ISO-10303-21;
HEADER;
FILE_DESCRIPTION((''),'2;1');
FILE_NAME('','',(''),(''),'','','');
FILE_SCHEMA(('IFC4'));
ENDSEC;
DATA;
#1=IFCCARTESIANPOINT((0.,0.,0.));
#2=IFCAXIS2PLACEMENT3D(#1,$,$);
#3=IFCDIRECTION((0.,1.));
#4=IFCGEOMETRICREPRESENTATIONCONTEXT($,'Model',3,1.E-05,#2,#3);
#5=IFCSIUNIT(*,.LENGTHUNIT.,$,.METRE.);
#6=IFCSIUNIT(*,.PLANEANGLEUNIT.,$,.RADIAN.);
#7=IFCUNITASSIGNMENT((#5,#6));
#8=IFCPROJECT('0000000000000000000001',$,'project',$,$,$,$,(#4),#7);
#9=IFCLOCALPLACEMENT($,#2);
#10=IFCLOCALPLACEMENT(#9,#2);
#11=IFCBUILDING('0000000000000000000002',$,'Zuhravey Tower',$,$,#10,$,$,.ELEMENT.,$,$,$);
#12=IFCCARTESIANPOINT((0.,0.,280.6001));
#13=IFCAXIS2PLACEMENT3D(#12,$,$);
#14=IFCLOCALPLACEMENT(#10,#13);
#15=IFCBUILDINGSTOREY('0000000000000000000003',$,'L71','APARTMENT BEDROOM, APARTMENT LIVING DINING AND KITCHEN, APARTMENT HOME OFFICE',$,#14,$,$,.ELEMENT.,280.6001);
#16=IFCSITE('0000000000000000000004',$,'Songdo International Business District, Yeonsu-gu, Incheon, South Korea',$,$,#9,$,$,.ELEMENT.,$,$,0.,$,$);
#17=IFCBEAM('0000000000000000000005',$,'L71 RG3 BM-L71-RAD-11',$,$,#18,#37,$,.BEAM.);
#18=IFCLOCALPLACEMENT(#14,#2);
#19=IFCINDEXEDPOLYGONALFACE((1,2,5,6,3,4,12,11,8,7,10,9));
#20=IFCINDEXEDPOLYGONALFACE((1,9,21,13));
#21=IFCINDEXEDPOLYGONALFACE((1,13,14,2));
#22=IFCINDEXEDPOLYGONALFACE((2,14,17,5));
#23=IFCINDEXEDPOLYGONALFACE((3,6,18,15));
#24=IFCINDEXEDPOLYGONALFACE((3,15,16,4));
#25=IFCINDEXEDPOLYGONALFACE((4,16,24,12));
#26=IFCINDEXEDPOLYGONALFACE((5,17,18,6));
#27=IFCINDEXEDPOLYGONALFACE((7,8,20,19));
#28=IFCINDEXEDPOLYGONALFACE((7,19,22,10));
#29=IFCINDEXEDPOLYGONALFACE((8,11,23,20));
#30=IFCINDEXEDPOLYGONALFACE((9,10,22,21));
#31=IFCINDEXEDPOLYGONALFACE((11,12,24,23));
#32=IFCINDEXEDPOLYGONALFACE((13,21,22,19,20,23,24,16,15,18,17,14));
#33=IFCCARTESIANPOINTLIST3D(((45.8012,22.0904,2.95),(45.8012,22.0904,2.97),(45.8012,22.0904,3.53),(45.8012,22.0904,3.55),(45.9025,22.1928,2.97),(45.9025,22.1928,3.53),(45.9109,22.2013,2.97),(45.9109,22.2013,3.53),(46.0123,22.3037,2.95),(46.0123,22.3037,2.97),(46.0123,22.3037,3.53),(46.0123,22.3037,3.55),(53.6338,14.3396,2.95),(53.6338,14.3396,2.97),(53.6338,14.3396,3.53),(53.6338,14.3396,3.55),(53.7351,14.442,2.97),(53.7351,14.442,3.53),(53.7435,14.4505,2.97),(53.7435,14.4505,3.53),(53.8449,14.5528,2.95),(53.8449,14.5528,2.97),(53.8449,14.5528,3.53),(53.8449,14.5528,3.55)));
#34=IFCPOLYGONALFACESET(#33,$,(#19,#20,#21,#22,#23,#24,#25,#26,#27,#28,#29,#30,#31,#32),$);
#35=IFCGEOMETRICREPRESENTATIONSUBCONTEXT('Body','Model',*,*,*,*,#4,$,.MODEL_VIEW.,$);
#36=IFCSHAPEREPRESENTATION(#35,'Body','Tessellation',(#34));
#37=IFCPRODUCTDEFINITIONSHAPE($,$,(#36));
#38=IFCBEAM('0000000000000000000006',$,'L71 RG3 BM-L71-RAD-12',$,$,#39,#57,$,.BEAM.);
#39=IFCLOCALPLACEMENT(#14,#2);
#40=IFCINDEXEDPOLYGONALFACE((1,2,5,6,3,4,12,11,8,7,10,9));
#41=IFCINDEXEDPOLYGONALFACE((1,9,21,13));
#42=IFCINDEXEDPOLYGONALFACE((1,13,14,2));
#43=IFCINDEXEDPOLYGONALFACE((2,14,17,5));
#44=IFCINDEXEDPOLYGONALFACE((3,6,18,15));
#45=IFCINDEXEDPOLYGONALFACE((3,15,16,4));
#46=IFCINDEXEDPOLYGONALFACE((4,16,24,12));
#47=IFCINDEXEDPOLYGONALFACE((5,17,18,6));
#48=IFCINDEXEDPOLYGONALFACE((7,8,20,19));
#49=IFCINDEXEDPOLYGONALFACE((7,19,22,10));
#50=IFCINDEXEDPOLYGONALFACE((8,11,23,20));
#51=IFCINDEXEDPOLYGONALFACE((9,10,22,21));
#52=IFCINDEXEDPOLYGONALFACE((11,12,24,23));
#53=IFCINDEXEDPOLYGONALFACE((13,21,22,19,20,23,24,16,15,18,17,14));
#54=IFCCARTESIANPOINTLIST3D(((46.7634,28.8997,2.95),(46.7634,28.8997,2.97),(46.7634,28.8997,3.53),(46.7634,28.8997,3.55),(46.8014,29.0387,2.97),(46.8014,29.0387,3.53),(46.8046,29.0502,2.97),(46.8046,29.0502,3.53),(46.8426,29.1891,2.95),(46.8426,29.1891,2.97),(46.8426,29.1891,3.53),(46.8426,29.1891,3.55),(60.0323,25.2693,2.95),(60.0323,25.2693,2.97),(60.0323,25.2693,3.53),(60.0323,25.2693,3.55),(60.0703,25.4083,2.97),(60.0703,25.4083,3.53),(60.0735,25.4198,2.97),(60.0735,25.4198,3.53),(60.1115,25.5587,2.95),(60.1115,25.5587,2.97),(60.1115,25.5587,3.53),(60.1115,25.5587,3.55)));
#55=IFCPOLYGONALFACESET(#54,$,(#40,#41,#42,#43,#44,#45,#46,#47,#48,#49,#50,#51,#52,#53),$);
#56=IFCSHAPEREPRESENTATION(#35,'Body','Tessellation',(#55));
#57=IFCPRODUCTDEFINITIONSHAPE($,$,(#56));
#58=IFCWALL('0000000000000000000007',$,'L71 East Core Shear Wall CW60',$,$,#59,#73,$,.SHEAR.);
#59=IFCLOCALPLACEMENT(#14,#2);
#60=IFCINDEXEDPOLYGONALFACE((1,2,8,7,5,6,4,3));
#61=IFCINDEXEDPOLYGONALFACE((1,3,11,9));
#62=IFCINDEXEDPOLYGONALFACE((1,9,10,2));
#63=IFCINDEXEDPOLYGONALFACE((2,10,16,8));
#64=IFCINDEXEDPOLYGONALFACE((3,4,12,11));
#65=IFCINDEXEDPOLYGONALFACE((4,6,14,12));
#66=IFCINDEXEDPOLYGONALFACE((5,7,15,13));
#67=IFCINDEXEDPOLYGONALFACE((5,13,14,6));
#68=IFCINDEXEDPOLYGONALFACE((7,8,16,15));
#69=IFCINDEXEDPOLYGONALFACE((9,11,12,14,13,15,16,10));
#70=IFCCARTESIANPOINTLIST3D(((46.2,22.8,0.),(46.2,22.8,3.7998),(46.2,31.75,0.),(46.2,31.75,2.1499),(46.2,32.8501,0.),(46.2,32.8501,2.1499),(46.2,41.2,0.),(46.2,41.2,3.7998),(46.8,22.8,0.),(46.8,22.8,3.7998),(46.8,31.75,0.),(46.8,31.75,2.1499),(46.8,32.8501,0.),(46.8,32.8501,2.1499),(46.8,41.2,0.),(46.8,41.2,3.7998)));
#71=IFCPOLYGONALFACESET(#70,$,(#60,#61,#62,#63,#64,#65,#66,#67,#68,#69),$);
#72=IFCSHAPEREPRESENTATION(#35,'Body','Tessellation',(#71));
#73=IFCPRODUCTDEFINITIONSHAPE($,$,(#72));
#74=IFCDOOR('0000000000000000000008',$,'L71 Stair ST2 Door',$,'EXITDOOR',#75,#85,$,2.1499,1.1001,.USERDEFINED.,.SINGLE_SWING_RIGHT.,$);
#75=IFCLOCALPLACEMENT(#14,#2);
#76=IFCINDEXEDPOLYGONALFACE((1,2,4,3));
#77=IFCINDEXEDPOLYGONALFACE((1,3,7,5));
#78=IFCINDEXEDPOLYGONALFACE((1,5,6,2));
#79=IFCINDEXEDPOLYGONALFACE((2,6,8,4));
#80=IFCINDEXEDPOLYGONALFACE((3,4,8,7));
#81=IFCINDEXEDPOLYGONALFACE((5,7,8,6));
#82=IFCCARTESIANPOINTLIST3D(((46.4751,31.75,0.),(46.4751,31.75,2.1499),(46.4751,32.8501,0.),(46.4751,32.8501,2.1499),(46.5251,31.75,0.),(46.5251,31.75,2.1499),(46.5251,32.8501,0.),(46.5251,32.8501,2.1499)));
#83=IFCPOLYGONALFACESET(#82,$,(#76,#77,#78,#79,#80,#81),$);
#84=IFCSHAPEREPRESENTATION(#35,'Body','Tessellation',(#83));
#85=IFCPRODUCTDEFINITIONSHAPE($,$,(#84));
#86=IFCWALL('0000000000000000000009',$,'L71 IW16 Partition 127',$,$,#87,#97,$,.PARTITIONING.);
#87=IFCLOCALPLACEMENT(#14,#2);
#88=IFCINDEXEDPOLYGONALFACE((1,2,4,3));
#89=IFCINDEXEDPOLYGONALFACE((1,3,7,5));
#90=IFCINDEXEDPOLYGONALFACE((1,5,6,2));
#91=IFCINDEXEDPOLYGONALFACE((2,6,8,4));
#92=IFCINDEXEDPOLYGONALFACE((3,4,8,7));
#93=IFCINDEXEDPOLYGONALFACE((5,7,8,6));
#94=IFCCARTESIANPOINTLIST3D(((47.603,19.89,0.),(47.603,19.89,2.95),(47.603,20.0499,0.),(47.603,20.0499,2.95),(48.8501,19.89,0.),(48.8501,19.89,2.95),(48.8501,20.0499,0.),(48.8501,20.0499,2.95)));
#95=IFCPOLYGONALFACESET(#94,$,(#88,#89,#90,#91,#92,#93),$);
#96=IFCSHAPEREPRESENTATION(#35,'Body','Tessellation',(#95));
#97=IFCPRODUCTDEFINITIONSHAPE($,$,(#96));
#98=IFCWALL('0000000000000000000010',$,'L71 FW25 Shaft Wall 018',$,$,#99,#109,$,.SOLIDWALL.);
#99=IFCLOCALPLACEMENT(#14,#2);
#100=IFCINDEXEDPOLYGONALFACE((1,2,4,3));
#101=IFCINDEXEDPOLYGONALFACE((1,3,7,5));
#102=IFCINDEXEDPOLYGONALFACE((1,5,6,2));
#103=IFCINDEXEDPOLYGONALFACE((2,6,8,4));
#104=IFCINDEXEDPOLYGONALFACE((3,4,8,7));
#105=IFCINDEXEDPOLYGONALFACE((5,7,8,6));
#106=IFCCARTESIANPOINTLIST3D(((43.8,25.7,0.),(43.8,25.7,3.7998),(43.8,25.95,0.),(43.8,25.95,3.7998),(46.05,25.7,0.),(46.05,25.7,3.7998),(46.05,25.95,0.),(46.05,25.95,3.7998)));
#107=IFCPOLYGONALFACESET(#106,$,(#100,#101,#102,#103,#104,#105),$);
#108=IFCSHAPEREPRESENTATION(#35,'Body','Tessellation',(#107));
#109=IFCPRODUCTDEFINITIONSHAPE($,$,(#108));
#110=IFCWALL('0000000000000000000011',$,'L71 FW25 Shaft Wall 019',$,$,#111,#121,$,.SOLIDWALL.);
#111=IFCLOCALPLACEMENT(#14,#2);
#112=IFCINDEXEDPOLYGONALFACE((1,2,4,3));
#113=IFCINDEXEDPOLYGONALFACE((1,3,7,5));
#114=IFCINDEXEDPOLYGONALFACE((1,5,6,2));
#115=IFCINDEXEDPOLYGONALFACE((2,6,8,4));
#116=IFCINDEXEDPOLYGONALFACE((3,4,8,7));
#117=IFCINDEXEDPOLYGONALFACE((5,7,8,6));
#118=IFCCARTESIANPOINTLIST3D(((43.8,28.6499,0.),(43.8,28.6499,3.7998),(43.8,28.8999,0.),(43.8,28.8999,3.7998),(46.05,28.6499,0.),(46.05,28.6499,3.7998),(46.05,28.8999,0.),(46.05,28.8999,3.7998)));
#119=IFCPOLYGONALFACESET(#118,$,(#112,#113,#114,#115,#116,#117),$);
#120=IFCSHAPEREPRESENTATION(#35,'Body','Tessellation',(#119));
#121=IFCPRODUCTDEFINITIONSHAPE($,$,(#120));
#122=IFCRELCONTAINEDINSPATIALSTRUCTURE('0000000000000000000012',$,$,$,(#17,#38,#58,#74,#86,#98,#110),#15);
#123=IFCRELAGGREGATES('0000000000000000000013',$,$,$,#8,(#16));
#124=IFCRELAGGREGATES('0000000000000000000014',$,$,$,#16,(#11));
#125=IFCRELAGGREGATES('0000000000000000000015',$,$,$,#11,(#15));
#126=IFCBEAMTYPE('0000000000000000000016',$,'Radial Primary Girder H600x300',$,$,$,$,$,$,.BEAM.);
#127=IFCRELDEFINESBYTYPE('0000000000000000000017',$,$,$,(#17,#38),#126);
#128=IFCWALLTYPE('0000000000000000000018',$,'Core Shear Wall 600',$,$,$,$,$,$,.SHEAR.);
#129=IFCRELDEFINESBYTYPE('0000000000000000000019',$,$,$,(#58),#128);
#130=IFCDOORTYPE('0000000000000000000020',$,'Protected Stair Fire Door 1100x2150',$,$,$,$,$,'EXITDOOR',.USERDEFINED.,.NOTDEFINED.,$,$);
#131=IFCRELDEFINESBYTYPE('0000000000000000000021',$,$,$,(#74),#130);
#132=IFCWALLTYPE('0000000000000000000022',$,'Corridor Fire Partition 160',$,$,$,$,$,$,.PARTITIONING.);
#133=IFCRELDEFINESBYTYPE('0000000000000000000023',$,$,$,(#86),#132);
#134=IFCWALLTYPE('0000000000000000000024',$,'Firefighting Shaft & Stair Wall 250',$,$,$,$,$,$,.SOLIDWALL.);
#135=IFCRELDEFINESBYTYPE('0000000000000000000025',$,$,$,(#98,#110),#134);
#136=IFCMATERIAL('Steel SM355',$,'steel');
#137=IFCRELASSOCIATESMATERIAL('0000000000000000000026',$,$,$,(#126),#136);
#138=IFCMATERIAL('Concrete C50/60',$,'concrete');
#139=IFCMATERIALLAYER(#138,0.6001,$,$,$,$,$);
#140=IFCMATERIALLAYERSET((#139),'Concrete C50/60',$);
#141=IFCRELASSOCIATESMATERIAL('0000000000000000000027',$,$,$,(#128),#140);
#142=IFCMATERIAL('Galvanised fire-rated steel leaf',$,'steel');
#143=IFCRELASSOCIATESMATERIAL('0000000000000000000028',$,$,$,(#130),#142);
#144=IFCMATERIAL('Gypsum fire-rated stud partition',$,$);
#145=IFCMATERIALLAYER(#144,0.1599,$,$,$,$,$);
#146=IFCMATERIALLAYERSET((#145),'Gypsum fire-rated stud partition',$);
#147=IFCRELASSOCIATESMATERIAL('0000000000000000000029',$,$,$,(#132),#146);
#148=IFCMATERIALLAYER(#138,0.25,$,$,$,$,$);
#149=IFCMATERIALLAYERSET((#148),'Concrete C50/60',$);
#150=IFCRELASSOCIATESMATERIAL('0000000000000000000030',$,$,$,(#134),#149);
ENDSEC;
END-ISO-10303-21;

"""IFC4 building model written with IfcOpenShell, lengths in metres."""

from ifc_helpers import new_model, si_unit, direction, frame, frame_2d, origin, origin_2d, place, context, subcontext, project, spatial, rectangle, i_section, extrude, material, layer, layer_set, material_profile, profile_set, type_object, element, fill, save


model = new_model("IFC4")

# Units and contexts
model_context = context("Model", 3, precision=1e-05, world=origin(), true_north=direction((0.0, 1.0)))
body_context = subcontext(model_context, "Body", "Model", "MODEL_VIEW")
ifc_project = project(units=[si_unit("LENGTHUNIT", "METRE"), si_unit("PLANEANGLEUNIT", "RADIAN")], contexts=[model_context])

# Site, building, storey
site_placement = place(None, origin())
site = spatial("IfcSite", under=ifc_project, at=site_placement, Name="Songdo International Business District, Yeonsu-gu, Incheon, South Korea", CompositionType="ELEMENT", RefElevation=0.0)
building_placement = place(site_placement, origin())
building = spatial("IfcBuilding", under=site, at=building_placement, Name="Zuhravey Tower", CompositionType="ELEMENT")
storey_placement = place(building_placement, frame((0.0, 0.0, 280.6001)))
storey = spatial("IfcBuildingStorey", under=building, at=storey_placement, Name="L71", Description="APARTMENT BEDROOM, APARTMENT LIVING DINING AND KITCHEN, APARTMENT HOME OFFICE", CompositionType="ELEMENT", Elevation=280.6001)

# Beams
ifc_material_1 = material(Name="Steel SM355", Category="steel")
ifc_material_profile = material_profile(ifc_material_1, i_section(OverallWidth=0.3, OverallDepth=0.6001, WebThickness=0.012, FlangeThickness=0.02, at=origin_2d()), Name="H-600x300x12x20")
ifc_profile_set = profile_set([ifc_material_profile], Name="Steel SM355")
beam_type = type_object("IfcBeamType", Name="Radial Primary Girder H600x300", PredefinedType="BEAM", material=ifc_profile_set)
beam_1_placement = place(storey_placement, frame((45.9067, 22.197, 3.25), z_axis=(0.710808, -0.703386, 0.0), x_axis=(0.703386, 0.710808, 0.0)))
element("IfcBeam", 1, at=beam_1_placement, inside=storey, type_object=beam_type, Name="L71 RG3 BM-L71-RAD-11", PredefinedType="BEAM", context=body_context, shape_type="SweptSolid", body=[
    extrude(i_section(OverallWidth=0.3, OverallDepth=0.6001, WebThickness=0.012, FlangeThickness=0.02, at=origin_2d()), origin(), (0.0, 0.0, 1.0), 11.0193),
])
beam_2_placement = place(storey_placement, frame((46.803, 29.0444, 3.25), z_axis=(0.964549, -0.263903, 0.0), x_axis=(0.263903, 0.964549, 0.0)))
element("IfcBeam", 2, at=beam_2_placement, inside=storey, type_object=beam_type, Name="L71 RG3 BM-L71-RAD-12", PredefinedType="BEAM", context=body_context, shape_type="SweptSolid", body=[
    extrude(i_section(OverallWidth=0.3, OverallDepth=0.6001, WebThickness=0.012, FlangeThickness=0.02, at=origin_2d()), origin(), (0.0, 0.0, 1.0), 13.7566),
])

# Wall, opening, door
ifc_material_2 = material(Name="Concrete C50/60", Category="concrete")
ifc_layer_1 = layer(ifc_material_2, 0.6001)
ifc_layer_set_1 = layer_set([ifc_layer_1], Name="Concrete C50/60")
wall_type_1 = type_object("IfcWallType", Name="Core Shear Wall 600", PredefinedType="SHEAR", material=ifc_layer_set_1)
wall_1_placement = place(storey_placement, frame((46.5, 22.8, 0.0), z_axis=(0.0, 0.0, 1.0), x_axis=(0.0, 1.0, 0.0)))
wall_1 = element("IfcWall", 3, at=wall_1_placement, inside=storey, type_object=wall_type_1, Name="L71 East Core Shear Wall CW60", PredefinedType="SHEAR", context=body_context, shape_type="SweptSolid", body=[
    extrude(rectangle(XDim=18.3999, YDim=0.6001, at=frame_2d((9.2, 0.0))), origin(), (0.0, 0.0, 1.0), 3.7998),
])
opening_1_placement = place(wall_1_placement, frame((8.95, 0.0, 0.0)))
opening_1 = element("IfcOpeningElement", 4, at=opening_1_placement, cuts=wall_1, PredefinedType="OPENING", context=body_context, shape_type="SweptSolid", body=[
    extrude(rectangle(XDim=1.1001, YDim=2.1499, at=frame_2d((0.55, 1.075))), frame((0.0, 0.312, 0.0), z_axis=(0.0, -1.0, 0.0), x_axis=(1.0, 0.0, 0.0)), (0.0, 0.0, 1.0), 0.624),
])
ifc_material_3 = material(Name="Galvanised fire-rated steel leaf", Category="steel")
door_type_1 = type_object("IfcDoorType", Name="Protected Stair Fire Door 1100x2150", ElementType="EXITDOOR", OperationType="NOTDEFINED", PredefinedType="USERDEFINED", material=ifc_material_3)
door_1_placement = place(opening_1_placement, origin())
door_1 = element("IfcDoor", 5, at=door_1_placement, inside=storey, type_object=door_type_1, Name="L71 Stair ST2 Door", ObjectType="EXITDOOR", OperationType="SINGLE_SWING_RIGHT", OverallHeight=2.1499, OverallWidth=1.1001, PredefinedType="USERDEFINED", context=body_context, shape_type="SweptSolid", body=[
    extrude(rectangle(XDim=1.1001, YDim=2.1499, at=frame_2d((0.55, 1.075))), frame((0.0, 0.0249, 0.0), z_axis=(0.0, -1.0, 0.0), x_axis=(1.0, 0.0, 0.0)), (0.0, 0.0, 1.0), 0.05),
])
fill(opening_1, door_1)
ifc_material_4 = material(Name="Gypsum fire-rated stud partition")
ifc_layer_2 = layer(ifc_material_4, 0.1599)
ifc_layer_set_2 = layer_set([ifc_layer_2], Name="Gypsum fire-rated stud partition")
wall_type_2 = type_object("IfcWallType", Name="Corridor Fire Partition 160", PredefinedType="PARTITIONING", material=ifc_layer_set_2)

# Walls
wall_2_placement = place(storey_placement, frame((47.603, 19.97, 0.0), z_axis=(0.0, 0.0, 1.0), x_axis=(1.0, 0.0, 0.0)))
element("IfcWall", 6, at=wall_2_placement, inside=storey, type_object=wall_type_2, Name="L71 IW16 Partition 127", PredefinedType="PARTITIONING", context=body_context, shape_type="SweptSolid", body=[
    extrude(rectangle(XDim=1.2471, YDim=0.1599, at=frame_2d((0.6235, 0.0))), origin(), (0.0, 0.0, 1.0), 2.95),
])
ifc_layer_3 = layer(ifc_material_2, 0.25)
ifc_layer_set_3 = layer_set([ifc_layer_3], Name="Concrete C50/60")
wall_type_3 = type_object("IfcWallType", Name="Firefighting Shaft & Stair Wall 250", PredefinedType="SOLIDWALL", material=ifc_layer_set_3)
for number, where, z_axis, x_axis, name in (
    (7, (43.8, 25.825, 0.0), (0.0, 0.0, 1.0), (1.0, 0.0, 0.0), "L71 FW25 Shaft Wall 018"),
    (8, (43.8, 28.7749, 0.0), (0.0, 0.0, 1.0), (1.0, 0.0, 0.0), "L71 FW25 Shaft Wall 019"),
):
    element("IfcWall", number, at=place(storey_placement, frame(where, z_axis=z_axis, x_axis=x_axis)), inside=storey, type_object=wall_type_3, Name=name, PredefinedType="SOLIDWALL", context=body_context, shape_type="SweptSolid", body=[
        extrude(rectangle(XDim=2.25, YDim=0.25, at=frame_2d((1.125, 0.0))), origin(), (0.0, 0.0, 1.0), 3.7998),
    ])

save(model, "model.ifc")
